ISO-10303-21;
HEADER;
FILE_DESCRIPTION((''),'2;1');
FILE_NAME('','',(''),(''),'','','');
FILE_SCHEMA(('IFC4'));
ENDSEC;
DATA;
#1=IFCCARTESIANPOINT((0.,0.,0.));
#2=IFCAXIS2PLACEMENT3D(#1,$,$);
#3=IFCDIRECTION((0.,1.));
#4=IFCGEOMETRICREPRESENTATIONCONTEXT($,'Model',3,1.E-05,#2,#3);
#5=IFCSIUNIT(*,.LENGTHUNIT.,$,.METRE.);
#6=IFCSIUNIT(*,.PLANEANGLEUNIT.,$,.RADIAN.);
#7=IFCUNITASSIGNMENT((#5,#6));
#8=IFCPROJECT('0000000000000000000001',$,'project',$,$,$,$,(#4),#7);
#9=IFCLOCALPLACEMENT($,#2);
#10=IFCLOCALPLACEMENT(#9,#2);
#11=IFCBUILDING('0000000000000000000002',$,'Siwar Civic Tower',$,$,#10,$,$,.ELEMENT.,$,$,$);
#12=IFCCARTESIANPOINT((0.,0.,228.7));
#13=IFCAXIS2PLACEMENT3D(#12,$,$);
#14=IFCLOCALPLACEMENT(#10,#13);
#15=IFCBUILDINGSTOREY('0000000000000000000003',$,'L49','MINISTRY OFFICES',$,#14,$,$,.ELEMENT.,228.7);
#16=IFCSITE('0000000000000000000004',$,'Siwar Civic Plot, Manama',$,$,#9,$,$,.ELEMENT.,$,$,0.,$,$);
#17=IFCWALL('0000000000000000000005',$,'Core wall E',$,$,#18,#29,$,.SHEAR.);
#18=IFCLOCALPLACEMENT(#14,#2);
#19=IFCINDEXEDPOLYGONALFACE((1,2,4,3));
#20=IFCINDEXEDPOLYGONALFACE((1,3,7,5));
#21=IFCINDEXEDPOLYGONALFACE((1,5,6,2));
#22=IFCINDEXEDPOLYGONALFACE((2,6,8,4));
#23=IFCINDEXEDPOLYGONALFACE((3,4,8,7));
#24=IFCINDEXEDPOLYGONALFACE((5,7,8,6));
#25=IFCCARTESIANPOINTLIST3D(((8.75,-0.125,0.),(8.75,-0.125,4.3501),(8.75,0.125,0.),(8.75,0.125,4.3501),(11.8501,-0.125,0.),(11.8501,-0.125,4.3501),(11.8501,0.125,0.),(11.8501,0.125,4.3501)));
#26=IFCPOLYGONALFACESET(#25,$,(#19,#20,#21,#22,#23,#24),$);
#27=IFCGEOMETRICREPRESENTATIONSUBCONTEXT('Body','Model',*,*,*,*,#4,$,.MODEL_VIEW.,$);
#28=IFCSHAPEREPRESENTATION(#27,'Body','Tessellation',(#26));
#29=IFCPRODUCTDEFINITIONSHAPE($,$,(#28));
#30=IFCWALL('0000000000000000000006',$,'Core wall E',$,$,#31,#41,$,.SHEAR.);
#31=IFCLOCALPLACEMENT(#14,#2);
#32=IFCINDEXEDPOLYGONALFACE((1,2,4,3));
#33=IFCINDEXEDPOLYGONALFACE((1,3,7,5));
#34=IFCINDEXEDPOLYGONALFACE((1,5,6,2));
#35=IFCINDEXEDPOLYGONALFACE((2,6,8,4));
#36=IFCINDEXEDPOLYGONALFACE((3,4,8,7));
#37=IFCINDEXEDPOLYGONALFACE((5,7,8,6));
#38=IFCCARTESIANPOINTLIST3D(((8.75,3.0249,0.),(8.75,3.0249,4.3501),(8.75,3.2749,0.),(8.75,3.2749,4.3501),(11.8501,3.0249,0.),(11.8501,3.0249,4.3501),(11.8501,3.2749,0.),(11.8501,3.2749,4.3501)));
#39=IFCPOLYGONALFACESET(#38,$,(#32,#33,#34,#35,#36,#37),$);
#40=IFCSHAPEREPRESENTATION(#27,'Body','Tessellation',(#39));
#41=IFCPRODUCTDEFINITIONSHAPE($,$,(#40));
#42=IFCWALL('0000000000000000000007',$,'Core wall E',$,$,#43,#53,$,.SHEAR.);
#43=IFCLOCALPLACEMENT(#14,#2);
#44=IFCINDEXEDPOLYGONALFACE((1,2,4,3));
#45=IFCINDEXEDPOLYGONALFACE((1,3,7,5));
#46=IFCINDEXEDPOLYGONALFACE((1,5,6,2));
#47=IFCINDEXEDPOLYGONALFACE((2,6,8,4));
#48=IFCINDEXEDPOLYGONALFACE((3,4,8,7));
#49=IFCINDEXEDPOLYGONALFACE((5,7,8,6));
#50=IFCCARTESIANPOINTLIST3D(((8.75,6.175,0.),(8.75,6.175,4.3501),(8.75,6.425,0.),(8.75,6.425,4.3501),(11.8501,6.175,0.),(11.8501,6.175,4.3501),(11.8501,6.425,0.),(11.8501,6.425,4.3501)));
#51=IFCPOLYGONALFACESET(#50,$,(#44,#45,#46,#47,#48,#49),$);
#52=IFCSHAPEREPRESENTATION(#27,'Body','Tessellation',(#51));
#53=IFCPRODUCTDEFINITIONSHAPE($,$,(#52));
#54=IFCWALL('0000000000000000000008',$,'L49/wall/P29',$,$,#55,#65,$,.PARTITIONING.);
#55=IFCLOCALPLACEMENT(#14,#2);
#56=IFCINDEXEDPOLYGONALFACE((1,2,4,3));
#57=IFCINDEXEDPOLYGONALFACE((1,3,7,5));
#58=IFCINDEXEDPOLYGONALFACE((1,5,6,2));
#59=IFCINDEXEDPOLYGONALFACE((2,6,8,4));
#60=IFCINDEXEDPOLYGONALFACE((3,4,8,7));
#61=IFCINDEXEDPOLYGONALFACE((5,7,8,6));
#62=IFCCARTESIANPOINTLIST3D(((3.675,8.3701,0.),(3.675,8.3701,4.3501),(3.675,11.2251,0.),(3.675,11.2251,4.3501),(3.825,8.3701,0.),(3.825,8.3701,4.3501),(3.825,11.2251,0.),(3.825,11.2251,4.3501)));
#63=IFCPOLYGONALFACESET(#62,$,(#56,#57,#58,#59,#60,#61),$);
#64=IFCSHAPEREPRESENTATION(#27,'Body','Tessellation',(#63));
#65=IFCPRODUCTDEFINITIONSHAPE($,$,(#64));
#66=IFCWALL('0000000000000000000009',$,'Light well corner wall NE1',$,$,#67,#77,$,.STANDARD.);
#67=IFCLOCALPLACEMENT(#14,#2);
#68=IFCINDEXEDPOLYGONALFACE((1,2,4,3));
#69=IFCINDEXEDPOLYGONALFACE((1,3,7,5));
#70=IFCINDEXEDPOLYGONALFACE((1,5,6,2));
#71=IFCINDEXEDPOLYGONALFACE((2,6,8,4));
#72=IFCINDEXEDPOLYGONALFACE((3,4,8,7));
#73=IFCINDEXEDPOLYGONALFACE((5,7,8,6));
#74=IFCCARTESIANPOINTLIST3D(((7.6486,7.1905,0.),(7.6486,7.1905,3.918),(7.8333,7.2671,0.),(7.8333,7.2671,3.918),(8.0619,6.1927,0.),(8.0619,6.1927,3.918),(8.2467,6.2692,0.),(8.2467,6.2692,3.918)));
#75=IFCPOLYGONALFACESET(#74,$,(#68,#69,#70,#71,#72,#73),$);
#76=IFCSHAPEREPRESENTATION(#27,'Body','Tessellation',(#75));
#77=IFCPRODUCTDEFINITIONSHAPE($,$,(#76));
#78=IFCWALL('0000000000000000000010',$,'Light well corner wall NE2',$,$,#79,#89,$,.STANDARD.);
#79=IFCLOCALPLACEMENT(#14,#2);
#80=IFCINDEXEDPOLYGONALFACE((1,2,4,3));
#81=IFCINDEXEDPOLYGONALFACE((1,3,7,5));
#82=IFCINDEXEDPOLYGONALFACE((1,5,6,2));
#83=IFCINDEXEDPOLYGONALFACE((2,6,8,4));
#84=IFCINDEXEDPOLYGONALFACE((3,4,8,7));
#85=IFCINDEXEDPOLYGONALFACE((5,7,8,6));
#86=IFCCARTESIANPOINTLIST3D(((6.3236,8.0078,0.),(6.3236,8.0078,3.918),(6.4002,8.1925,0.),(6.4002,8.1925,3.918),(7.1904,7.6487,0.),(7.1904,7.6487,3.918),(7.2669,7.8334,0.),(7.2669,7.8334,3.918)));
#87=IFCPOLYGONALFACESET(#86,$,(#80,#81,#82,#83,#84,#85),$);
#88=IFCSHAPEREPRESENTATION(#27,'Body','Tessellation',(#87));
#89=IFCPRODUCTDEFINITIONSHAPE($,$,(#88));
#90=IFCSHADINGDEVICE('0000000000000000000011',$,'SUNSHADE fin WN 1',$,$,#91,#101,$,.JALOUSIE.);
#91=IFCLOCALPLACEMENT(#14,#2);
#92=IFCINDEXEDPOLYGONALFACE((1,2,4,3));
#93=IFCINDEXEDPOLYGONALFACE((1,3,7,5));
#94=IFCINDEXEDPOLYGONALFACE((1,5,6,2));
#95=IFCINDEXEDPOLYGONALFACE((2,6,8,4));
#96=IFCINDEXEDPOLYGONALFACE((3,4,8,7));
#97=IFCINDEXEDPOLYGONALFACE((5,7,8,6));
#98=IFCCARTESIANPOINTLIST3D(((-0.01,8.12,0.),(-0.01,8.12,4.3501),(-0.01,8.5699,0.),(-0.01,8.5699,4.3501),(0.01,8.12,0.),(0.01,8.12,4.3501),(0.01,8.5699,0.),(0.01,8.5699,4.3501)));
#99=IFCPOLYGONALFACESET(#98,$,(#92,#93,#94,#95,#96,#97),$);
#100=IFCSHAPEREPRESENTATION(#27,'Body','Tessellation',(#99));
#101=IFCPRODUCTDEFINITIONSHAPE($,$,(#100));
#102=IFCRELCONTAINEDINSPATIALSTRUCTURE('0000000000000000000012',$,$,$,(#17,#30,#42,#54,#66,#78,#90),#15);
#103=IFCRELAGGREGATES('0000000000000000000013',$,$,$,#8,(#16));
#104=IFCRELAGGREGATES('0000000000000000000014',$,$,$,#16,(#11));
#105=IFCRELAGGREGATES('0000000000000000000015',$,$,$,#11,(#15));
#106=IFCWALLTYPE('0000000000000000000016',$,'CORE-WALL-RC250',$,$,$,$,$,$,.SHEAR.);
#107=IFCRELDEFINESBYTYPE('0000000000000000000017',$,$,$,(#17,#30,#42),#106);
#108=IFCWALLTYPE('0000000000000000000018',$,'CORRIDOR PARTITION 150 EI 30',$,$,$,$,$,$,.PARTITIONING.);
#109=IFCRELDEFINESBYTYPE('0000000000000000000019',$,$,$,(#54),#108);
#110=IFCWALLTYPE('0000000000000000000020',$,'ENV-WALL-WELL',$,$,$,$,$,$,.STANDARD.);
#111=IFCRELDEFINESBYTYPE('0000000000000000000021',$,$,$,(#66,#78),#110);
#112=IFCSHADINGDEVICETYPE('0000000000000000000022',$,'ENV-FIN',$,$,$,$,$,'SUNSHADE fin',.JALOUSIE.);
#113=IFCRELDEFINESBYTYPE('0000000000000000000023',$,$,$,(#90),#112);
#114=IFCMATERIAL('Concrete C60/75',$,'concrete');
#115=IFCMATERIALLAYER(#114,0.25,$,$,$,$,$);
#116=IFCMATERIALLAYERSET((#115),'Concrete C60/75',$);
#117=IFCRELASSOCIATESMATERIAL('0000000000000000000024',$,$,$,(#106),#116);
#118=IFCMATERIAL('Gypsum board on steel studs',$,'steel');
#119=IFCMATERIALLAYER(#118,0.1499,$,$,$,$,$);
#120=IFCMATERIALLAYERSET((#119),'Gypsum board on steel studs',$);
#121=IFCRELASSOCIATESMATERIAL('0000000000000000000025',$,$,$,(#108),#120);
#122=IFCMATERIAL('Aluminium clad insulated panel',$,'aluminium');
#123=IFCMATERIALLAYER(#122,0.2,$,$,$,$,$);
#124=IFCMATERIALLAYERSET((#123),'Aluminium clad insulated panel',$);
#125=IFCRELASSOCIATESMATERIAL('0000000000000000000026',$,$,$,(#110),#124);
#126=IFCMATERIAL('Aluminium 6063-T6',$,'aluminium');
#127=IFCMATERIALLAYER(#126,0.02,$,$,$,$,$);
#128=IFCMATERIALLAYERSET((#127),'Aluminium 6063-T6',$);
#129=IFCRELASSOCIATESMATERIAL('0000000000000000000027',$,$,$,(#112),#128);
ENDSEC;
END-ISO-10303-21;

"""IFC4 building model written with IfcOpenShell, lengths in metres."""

from ifc_helpers import new_model, si_unit, direction, frame, frame_2d, origin, origin_2d, place, context, subcontext, project, spatial, rectangle, extrude, material, layer, layer_set, type_object, element, save


model = new_model("IFC4")

# Units and contexts
model_context = context("Model", 3, precision=1e-05, world=origin(), true_north=direction((0.0, 1.0)))
body_context = subcontext(model_context, "Body", "Model", "MODEL_VIEW")
ifc_project = project(units=[si_unit("LENGTHUNIT", "METRE"), si_unit("PLANEANGLEUNIT", "RADIAN")], contexts=[model_context])

# Site, building, storey
site_placement = place(None, origin())
site = spatial("IfcSite", under=ifc_project, at=site_placement, Name="Siwar Civic Plot, Manama", CompositionType="ELEMENT", RefElevation=0.0)
building_placement = place(site_placement, origin())
building = spatial("IfcBuilding", under=site, at=building_placement, Name="Siwar Civic Tower", CompositionType="ELEMENT")
storey_placement = place(building_placement, frame((0.0, 0.0, 228.7)))
storey = spatial("IfcBuildingStorey", under=building, at=storey_placement, Name="L49", Description="MINISTRY OFFICES", CompositionType="ELEMENT", Elevation=228.7)

# Shared definitions
ifc_material_1 = material(Name="Concrete C60/75", Category="concrete")
ifc_layer_1 = layer(ifc_material_1, 0.25)
ifc_layer_set_1 = layer_set([ifc_layer_1], Name="Concrete C60/75")
wall_type_1 = type_object("IfcWallType", Name="CORE-WALL-RC250", PredefinedType="SHEAR", material=ifc_layer_set_1)

# Walls
for number, where, z_axis, x_axis, name in (
    (1, (8.75, 0.0, 0.0), (0.0, 0.0, 1.0), (1.0, 0.0, 0.0), "Core wall E"),
    (2, (8.75, 3.1499, 0.0), (0.0, 0.0, 1.0), (1.0, 0.0, 0.0), "Core wall E"),
    (3, (8.75, 6.3, 0.0), (0.0, 0.0, 1.0), (1.0, 0.0, 0.0), "Core wall E"),
):
    element("IfcWall", number, at=place(storey_placement, frame(where, z_axis=z_axis, x_axis=x_axis)), inside=storey, type_object=wall_type_1, Name=name, PredefinedType="SHEAR", context=body_context, shape_type="SweptSolid", body=[
        extrude(rectangle(XDim=3.1001, YDim=0.25, at=frame_2d((1.55, 0.0))), origin(), (0.0, 0.0, 1.0), 4.3501),
    ])
ifc_material_2 = material(Name="Gypsum board on steel studs", Category="steel")
ifc_layer_2 = layer(ifc_material_2, 0.1499)
ifc_layer_set_2 = layer_set([ifc_layer_2], Name="Gypsum board on steel studs")
wall_type_2 = type_object("IfcWallType", Name="CORRIDOR PARTITION 150 EI 30", PredefinedType="PARTITIONING", material=ifc_layer_set_2)
wall_1_placement = place(storey_placement, frame((3.75, 8.3701, 0.0), z_axis=(0.0, 0.0, 1.0), x_axis=(0.0, 1.0, 0.0)))
element("IfcWall", 4, at=wall_1_placement, inside=storey, type_object=wall_type_2, Name="L49/wall/P29", PredefinedType="PARTITIONING", context=body_context, shape_type="SweptSolid", body=[
    extrude(rectangle(XDim=2.855, YDim=0.1499, at=frame_2d((1.4275, 0.0))), origin(), (0.0, 0.0, 1.0), 4.3501),
])
ifc_material_3 = material(Name="Aluminium clad insulated panel", Category="aluminium")
ifc_layer_3 = layer(ifc_material_3, 0.2)
ifc_layer_set_3 = layer_set([ifc_layer_3], Name="Aluminium clad insulated panel")
wall_type_3 = type_object("IfcWallType", Name="ENV-WALL-WELL", PredefinedType="STANDARD", material=ifc_layer_set_3)
wall_2_placement = place(storey_placement, frame((8.1543, 6.231, 0.0), z_axis=(0.0, 0.0, 1.0), x_axis=(-0.382704, 0.923871, 0.0)))
element("IfcWall", 5, at=wall_2_placement, inside=storey, type_object=wall_type_3, Name="Light well corner wall NE1", PredefinedType="STANDARD", context=body_context, shape_type="SweptSolid", body=[
    extrude(rectangle(XDim=1.0801, YDim=0.2, at=frame_2d((0.54, 0.0))), origin(), (0.0, 0.0, 1.0), 3.918),
])
wall_3_placement = place(storey_placement, frame((7.2288, 7.741, 0.0), z_axis=(0.0, 0.0, 1.0), x_axis=(-0.92383, 0.382804, 0.0)))
element("IfcWall", 6, at=wall_3_placement, inside=storey, type_object=wall_type_3, Name="Light well corner wall NE2", PredefinedType="STANDARD", context=body_context, shape_type="SweptSolid", body=[
    extrude(rectangle(XDim=0.9382, YDim=0.2, at=frame_2d((0.4692, 0.0))), origin(), (0.0, 0.0, 1.0), 3.918),
])

# Shading device
ifc_material_4 = material(Name="Aluminium 6063-T6", Category="aluminium")
ifc_layer_4 = layer(ifc_material_4, 0.02)
ifc_layer_set_4 = layer_set([ifc_layer_4], Name="Aluminium 6063-T6")
shading_device_type = type_object("IfcShadingDeviceType", Name="ENV-FIN", ElementType="SUNSHADE fin", PredefinedType="JALOUSIE", material=ifc_layer_set_4)
shading_device_placement = place(storey_placement, frame((0.0, 8.345, 0.0), z_axis=(0.0, 0.0, 1.0), x_axis=(-1.0, 0.0, 0.0)))
element("IfcShadingDevice", 7, at=shading_device_placement, inside=storey, type_object=shading_device_type, Name="SUNSHADE fin WN 1", PredefinedType="JALOUSIE", context=body_context, shape_type="SweptSolid", body=[
    extrude(rectangle(XDim=0.02, YDim=0.45, at=origin_2d()), origin(), (0.0, 0.0, 1.0), 4.3501),
])

save(model, "model.ifc")
